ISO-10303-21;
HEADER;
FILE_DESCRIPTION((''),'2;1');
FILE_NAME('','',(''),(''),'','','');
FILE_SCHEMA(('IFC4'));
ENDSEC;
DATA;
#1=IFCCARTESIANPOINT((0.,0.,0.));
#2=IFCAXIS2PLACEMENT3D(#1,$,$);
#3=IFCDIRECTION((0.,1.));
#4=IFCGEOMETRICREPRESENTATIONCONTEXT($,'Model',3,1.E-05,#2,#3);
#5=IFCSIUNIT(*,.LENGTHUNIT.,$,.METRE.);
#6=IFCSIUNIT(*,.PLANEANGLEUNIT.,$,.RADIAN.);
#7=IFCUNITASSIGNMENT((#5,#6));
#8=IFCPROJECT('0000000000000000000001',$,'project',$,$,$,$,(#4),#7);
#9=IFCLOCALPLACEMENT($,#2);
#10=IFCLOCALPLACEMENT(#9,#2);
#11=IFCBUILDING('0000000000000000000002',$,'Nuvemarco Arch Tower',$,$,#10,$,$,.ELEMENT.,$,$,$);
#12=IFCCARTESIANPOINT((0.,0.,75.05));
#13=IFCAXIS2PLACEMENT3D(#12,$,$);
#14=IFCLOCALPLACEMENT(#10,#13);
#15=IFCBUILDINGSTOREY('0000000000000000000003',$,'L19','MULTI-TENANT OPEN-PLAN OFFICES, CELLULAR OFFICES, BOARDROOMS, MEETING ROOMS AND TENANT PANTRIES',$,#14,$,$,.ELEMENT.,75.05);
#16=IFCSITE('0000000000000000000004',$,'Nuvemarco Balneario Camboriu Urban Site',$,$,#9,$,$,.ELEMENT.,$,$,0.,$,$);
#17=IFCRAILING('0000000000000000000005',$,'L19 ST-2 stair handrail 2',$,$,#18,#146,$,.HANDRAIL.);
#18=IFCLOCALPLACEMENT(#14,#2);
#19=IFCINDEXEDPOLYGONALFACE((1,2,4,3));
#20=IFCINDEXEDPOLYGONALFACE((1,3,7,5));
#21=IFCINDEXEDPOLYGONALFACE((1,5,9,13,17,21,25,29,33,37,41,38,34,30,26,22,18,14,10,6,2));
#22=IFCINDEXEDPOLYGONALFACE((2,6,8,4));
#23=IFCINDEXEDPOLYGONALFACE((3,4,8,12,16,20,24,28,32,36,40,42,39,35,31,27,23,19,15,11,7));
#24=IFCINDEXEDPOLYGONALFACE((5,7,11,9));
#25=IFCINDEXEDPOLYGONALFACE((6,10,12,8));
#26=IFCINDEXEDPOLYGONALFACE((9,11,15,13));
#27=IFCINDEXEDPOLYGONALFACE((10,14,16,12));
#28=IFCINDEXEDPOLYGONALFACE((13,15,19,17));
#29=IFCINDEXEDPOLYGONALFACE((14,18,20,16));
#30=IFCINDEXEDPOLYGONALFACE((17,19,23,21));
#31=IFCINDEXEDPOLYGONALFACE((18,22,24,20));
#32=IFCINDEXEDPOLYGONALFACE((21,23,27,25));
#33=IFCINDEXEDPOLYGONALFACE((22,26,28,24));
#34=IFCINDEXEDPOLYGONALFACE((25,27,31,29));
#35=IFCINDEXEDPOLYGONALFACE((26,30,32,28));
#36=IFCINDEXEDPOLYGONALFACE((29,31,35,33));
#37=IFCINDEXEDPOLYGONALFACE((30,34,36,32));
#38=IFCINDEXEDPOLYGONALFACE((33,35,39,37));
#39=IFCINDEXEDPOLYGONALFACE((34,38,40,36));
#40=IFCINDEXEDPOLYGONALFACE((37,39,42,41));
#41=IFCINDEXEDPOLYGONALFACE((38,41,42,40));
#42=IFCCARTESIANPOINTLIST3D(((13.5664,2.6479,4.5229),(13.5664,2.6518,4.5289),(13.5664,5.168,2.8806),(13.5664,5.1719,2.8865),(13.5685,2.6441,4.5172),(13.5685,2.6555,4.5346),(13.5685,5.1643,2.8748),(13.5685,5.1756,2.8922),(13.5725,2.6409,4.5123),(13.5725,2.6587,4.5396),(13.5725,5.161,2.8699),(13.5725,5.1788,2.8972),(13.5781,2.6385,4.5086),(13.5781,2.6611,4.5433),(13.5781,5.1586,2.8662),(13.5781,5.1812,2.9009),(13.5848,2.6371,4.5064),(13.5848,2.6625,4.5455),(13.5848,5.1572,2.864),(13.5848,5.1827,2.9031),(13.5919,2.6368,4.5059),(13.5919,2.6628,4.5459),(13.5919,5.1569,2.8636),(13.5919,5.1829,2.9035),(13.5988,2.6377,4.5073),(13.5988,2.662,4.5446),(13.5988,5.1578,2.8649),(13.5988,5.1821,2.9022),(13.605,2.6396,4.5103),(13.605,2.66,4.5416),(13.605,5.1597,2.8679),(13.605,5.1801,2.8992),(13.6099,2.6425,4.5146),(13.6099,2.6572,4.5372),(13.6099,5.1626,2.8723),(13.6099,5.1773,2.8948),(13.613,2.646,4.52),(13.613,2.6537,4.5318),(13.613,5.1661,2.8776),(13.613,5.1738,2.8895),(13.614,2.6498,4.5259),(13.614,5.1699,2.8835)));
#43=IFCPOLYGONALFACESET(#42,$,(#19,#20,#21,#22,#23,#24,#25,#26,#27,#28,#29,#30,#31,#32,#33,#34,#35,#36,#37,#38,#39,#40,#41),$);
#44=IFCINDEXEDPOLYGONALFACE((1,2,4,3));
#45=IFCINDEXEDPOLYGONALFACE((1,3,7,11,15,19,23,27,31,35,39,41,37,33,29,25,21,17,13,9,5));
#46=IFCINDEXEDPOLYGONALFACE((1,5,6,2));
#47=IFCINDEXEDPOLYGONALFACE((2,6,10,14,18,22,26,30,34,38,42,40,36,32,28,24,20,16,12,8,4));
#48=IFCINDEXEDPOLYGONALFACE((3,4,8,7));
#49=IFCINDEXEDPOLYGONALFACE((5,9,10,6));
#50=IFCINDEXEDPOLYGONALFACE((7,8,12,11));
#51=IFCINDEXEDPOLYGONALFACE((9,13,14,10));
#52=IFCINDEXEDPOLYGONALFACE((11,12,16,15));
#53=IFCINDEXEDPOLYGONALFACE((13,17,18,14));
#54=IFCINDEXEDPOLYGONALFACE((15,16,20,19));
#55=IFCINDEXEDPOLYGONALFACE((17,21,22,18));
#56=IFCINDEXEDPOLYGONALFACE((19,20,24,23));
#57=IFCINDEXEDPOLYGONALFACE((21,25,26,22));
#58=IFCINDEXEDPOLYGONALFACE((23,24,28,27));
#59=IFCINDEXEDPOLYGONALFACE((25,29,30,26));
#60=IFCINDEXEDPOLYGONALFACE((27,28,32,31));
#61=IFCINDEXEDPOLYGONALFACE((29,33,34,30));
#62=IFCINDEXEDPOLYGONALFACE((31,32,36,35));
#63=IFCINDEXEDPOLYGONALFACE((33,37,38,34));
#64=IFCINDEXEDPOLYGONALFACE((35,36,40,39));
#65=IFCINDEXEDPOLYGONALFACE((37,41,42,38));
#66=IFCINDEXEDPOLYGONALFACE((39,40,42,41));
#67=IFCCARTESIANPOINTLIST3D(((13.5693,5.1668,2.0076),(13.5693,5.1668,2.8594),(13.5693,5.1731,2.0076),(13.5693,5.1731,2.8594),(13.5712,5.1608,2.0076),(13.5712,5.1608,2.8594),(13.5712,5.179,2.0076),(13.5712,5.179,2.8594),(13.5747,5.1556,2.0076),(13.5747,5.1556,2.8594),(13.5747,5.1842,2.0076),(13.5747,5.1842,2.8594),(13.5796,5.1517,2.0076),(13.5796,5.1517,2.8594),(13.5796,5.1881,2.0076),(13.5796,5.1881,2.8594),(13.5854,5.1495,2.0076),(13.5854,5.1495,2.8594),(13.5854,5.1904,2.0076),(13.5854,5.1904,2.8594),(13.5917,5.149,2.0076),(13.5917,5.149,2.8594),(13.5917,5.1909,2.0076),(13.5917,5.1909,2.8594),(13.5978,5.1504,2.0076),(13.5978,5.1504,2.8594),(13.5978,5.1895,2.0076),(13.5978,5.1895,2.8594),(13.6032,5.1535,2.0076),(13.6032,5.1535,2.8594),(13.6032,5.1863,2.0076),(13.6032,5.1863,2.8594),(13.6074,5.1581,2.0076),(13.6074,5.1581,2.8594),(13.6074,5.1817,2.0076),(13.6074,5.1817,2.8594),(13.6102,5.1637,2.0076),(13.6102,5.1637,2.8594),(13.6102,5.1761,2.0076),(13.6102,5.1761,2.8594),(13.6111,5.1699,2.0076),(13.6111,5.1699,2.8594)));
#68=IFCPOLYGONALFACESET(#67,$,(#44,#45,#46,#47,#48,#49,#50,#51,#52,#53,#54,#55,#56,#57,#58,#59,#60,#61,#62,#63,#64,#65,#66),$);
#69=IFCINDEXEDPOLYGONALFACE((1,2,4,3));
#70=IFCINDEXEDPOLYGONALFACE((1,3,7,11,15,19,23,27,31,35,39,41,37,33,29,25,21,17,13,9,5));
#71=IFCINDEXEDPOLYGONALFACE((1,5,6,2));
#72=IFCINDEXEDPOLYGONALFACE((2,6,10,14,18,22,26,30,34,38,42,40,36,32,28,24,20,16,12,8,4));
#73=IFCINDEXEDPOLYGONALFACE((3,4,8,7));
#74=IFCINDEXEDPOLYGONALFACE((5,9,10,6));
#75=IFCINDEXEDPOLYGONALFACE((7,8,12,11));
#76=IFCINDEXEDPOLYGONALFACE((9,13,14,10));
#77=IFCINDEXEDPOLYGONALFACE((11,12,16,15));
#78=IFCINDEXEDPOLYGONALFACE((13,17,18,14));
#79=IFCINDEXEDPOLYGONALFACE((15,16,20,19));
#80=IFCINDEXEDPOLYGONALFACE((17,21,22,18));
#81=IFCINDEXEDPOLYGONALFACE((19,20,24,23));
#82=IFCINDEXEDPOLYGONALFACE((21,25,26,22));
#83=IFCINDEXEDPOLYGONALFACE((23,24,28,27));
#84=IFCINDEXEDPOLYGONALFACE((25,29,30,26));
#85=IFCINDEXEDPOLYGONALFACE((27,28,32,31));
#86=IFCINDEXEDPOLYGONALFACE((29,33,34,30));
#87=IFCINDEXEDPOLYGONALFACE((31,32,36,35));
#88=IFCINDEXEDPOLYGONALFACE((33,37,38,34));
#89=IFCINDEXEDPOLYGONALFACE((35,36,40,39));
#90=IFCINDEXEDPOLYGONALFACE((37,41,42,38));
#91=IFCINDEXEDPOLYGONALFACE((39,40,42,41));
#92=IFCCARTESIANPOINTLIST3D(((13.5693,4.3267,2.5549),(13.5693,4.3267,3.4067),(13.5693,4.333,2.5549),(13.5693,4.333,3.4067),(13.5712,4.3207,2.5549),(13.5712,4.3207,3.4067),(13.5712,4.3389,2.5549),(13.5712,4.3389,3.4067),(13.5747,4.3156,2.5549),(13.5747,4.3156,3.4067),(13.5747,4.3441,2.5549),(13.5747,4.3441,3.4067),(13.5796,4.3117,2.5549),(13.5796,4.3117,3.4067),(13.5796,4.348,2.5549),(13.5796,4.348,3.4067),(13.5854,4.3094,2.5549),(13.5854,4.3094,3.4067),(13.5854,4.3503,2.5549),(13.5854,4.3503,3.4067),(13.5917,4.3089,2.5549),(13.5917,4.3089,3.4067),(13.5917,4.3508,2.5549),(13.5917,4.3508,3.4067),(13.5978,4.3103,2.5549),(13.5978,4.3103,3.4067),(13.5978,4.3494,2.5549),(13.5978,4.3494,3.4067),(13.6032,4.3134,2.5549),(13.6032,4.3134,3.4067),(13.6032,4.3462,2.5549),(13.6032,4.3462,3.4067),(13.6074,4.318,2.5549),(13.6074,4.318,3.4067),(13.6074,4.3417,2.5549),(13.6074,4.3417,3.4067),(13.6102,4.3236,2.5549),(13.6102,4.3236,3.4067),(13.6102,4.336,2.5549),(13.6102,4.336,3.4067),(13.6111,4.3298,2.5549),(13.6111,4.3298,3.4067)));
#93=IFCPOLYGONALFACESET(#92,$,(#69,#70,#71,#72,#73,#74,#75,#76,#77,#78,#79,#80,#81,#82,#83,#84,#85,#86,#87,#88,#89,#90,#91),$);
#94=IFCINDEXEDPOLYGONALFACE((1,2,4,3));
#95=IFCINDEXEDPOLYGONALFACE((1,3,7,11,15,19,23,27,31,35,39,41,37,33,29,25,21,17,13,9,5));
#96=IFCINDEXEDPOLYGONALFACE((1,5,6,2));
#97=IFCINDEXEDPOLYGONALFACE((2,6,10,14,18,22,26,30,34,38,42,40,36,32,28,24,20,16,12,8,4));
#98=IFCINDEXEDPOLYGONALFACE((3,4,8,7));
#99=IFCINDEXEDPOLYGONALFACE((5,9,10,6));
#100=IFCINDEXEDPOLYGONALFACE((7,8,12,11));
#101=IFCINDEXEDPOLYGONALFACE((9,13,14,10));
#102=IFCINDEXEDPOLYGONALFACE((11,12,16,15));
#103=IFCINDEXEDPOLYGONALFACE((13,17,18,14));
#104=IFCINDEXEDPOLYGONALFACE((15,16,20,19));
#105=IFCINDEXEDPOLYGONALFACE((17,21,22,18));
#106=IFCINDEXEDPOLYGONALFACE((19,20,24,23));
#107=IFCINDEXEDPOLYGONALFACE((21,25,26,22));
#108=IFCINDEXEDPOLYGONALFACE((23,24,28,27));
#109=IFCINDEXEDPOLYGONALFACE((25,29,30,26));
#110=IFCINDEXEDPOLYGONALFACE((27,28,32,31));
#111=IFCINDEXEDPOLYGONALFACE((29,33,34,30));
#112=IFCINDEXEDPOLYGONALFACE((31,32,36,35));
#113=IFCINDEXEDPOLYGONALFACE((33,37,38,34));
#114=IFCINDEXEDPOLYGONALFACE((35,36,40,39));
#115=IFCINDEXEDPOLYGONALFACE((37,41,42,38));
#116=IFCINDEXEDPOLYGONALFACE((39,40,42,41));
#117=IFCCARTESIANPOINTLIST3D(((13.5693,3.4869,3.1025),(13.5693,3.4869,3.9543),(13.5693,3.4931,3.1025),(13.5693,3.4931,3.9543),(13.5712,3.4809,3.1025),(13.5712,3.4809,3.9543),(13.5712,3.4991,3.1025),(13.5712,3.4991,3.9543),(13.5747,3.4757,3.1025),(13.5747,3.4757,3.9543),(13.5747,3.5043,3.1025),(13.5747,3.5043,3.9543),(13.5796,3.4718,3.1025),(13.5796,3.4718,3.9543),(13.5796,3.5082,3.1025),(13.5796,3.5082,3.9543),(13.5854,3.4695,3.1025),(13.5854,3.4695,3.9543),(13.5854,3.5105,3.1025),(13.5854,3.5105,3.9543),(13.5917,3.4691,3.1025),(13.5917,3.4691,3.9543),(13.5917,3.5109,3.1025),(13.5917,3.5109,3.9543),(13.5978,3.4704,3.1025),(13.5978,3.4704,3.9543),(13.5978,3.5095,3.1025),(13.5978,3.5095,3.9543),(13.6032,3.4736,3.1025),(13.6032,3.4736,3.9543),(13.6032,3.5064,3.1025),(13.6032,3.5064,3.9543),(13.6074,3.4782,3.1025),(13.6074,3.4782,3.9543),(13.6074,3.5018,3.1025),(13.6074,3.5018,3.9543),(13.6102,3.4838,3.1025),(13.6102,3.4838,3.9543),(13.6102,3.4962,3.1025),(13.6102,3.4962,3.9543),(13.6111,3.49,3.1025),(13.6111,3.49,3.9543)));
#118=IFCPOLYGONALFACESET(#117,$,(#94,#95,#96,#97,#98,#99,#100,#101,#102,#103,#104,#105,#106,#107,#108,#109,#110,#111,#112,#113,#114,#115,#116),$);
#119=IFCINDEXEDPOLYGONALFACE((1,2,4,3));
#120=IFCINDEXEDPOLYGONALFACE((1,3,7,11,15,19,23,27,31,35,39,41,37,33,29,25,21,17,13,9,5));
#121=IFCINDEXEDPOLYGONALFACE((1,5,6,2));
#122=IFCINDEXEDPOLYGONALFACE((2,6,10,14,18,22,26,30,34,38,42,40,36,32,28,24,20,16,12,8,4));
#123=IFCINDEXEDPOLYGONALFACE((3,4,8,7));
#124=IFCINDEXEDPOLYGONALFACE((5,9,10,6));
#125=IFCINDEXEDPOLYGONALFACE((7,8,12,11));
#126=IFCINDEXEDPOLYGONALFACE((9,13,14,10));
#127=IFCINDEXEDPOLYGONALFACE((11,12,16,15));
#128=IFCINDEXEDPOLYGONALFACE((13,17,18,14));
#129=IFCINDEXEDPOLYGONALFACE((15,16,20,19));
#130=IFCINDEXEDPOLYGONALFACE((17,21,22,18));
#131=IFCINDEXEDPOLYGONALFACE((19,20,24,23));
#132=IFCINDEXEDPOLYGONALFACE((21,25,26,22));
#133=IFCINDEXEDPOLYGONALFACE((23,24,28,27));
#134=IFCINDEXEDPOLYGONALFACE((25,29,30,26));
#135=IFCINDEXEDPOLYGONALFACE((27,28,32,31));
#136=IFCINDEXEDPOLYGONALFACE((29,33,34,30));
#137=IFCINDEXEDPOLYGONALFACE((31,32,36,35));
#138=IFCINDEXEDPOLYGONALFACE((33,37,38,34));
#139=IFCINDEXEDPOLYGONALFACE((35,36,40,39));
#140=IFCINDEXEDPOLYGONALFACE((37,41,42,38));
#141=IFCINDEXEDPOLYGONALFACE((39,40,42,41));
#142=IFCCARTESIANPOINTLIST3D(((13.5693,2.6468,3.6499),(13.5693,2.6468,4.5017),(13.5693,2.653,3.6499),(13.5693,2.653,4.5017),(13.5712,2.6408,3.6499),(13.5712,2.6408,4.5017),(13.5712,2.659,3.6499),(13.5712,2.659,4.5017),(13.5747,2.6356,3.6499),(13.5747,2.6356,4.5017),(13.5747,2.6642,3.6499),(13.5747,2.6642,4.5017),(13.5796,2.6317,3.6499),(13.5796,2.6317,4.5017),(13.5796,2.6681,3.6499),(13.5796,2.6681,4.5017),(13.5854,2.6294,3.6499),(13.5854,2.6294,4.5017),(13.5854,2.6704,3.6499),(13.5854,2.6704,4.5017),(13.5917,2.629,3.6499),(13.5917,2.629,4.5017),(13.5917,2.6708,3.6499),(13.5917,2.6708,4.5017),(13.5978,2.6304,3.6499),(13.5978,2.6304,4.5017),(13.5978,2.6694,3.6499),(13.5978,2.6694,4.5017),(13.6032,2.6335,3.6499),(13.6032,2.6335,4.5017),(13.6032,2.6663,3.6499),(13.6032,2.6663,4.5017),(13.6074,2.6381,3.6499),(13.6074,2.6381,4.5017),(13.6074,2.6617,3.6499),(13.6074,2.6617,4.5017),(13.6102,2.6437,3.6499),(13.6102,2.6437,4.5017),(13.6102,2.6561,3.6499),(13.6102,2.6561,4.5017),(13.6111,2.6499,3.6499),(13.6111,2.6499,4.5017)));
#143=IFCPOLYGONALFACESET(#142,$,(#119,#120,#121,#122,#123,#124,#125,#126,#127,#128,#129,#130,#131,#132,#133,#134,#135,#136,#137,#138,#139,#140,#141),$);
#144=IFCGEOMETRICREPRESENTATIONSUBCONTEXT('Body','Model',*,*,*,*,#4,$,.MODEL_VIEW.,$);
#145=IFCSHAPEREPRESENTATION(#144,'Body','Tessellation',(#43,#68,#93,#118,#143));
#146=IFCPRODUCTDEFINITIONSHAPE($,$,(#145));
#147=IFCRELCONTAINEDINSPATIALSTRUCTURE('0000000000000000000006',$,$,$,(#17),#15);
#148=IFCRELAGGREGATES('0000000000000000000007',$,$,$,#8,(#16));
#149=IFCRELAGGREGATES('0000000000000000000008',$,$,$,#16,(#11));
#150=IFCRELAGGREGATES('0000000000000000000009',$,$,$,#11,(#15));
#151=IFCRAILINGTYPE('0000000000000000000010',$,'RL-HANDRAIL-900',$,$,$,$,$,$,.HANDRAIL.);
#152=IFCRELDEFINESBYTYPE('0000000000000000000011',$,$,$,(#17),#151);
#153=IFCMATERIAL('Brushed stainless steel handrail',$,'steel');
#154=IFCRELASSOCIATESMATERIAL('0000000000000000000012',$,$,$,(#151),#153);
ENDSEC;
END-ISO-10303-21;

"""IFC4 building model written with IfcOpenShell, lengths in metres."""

from ifc_helpers import new_model, si_unit, direction, frame, origin, origin_2d, place, context, subcontext, project, spatial, circle, extrude, material, type_object, element, save


model = new_model("IFC4")

# Units and contexts
model_context = context("Model", 3, precision=1e-05, world=origin(), true_north=direction((0.0, 1.0)))
body_context = subcontext(model_context, "Body", "Model", "MODEL_VIEW")
ifc_project = project(units=[si_unit("LENGTHUNIT", "METRE"), si_unit("PLANEANGLEUNIT", "RADIAN")], contexts=[model_context])

# Site, building, storey
site_placement = place(None, origin())
site = spatial("IfcSite", under=ifc_project, at=site_placement, Name="Nuvemarco Balneario Camboriu Urban Site", CompositionType="ELEMENT", RefElevation=0.0)
building_placement = place(site_placement, origin())
building = spatial("IfcBuilding", under=site, at=building_placement, Name="Nuvemarco Arch Tower", CompositionType="ELEMENT")
storey_placement = place(building_placement, frame((0.0, 0.0, 75.05)))
storey = spatial("IfcBuildingStorey", under=building, at=storey_placement, Name="L19", Description="MULTI-TENANT OPEN-PLAN OFFICES, CELLULAR OFFICES, BOARDROOMS, MEETING ROOMS AND TENANT PANTRIES", CompositionType="ELEMENT", Elevation=75.05)

# Railing
ifc_material_1 = material(Name="Brushed stainless steel handrail", Category="steel")
railing_type_1 = type_object("IfcRailingType", Name="RL-HANDRAIL-900", PredefinedType="HANDRAIL", material=ifc_material_1)
railing_1_placement = place(storey_placement, frame((13.5901, 5.1699, 2.0076)))
element("IfcRailing", 1, at=railing_1_placement, inside=storey, type_object=railing_type_1, Name="L19 ST-2 stair handrail 2", PredefinedType="HANDRAIL", context=body_context, shape_type="SweptSolid", body=[
    extrude(circle(Radius=0.0239, at=origin_2d()), frame((0.0, 0.0, 0.876), z_axis=(0.0, -0.837787, 0.545998), x_axis=(1.0, 0.0, 0.0)), (0.0, 0.0, 1.0), 3.0081),
    extrude(circle(Radius=0.021, at=origin_2d()), origin(), (0.0, 0.0, 1.0), 0.8518),
    extrude(circle(Radius=0.021, at=origin_2d()), frame((0.0, -0.8401, 0.5474)), (0.0, 0.0, 1.0), 0.8518),
    extrude(circle(Radius=0.021, at=origin_2d()), frame((0.0, -1.6799, 1.095)), (0.0, 0.0, 1.0), 0.8518),
    extrude(circle(Radius=0.021, at=origin_2d()), frame((0.0, -2.52, 1.6423)), (0.0, 0.0, 1.0), 0.8518),
])

save(model, "model.ifc")
